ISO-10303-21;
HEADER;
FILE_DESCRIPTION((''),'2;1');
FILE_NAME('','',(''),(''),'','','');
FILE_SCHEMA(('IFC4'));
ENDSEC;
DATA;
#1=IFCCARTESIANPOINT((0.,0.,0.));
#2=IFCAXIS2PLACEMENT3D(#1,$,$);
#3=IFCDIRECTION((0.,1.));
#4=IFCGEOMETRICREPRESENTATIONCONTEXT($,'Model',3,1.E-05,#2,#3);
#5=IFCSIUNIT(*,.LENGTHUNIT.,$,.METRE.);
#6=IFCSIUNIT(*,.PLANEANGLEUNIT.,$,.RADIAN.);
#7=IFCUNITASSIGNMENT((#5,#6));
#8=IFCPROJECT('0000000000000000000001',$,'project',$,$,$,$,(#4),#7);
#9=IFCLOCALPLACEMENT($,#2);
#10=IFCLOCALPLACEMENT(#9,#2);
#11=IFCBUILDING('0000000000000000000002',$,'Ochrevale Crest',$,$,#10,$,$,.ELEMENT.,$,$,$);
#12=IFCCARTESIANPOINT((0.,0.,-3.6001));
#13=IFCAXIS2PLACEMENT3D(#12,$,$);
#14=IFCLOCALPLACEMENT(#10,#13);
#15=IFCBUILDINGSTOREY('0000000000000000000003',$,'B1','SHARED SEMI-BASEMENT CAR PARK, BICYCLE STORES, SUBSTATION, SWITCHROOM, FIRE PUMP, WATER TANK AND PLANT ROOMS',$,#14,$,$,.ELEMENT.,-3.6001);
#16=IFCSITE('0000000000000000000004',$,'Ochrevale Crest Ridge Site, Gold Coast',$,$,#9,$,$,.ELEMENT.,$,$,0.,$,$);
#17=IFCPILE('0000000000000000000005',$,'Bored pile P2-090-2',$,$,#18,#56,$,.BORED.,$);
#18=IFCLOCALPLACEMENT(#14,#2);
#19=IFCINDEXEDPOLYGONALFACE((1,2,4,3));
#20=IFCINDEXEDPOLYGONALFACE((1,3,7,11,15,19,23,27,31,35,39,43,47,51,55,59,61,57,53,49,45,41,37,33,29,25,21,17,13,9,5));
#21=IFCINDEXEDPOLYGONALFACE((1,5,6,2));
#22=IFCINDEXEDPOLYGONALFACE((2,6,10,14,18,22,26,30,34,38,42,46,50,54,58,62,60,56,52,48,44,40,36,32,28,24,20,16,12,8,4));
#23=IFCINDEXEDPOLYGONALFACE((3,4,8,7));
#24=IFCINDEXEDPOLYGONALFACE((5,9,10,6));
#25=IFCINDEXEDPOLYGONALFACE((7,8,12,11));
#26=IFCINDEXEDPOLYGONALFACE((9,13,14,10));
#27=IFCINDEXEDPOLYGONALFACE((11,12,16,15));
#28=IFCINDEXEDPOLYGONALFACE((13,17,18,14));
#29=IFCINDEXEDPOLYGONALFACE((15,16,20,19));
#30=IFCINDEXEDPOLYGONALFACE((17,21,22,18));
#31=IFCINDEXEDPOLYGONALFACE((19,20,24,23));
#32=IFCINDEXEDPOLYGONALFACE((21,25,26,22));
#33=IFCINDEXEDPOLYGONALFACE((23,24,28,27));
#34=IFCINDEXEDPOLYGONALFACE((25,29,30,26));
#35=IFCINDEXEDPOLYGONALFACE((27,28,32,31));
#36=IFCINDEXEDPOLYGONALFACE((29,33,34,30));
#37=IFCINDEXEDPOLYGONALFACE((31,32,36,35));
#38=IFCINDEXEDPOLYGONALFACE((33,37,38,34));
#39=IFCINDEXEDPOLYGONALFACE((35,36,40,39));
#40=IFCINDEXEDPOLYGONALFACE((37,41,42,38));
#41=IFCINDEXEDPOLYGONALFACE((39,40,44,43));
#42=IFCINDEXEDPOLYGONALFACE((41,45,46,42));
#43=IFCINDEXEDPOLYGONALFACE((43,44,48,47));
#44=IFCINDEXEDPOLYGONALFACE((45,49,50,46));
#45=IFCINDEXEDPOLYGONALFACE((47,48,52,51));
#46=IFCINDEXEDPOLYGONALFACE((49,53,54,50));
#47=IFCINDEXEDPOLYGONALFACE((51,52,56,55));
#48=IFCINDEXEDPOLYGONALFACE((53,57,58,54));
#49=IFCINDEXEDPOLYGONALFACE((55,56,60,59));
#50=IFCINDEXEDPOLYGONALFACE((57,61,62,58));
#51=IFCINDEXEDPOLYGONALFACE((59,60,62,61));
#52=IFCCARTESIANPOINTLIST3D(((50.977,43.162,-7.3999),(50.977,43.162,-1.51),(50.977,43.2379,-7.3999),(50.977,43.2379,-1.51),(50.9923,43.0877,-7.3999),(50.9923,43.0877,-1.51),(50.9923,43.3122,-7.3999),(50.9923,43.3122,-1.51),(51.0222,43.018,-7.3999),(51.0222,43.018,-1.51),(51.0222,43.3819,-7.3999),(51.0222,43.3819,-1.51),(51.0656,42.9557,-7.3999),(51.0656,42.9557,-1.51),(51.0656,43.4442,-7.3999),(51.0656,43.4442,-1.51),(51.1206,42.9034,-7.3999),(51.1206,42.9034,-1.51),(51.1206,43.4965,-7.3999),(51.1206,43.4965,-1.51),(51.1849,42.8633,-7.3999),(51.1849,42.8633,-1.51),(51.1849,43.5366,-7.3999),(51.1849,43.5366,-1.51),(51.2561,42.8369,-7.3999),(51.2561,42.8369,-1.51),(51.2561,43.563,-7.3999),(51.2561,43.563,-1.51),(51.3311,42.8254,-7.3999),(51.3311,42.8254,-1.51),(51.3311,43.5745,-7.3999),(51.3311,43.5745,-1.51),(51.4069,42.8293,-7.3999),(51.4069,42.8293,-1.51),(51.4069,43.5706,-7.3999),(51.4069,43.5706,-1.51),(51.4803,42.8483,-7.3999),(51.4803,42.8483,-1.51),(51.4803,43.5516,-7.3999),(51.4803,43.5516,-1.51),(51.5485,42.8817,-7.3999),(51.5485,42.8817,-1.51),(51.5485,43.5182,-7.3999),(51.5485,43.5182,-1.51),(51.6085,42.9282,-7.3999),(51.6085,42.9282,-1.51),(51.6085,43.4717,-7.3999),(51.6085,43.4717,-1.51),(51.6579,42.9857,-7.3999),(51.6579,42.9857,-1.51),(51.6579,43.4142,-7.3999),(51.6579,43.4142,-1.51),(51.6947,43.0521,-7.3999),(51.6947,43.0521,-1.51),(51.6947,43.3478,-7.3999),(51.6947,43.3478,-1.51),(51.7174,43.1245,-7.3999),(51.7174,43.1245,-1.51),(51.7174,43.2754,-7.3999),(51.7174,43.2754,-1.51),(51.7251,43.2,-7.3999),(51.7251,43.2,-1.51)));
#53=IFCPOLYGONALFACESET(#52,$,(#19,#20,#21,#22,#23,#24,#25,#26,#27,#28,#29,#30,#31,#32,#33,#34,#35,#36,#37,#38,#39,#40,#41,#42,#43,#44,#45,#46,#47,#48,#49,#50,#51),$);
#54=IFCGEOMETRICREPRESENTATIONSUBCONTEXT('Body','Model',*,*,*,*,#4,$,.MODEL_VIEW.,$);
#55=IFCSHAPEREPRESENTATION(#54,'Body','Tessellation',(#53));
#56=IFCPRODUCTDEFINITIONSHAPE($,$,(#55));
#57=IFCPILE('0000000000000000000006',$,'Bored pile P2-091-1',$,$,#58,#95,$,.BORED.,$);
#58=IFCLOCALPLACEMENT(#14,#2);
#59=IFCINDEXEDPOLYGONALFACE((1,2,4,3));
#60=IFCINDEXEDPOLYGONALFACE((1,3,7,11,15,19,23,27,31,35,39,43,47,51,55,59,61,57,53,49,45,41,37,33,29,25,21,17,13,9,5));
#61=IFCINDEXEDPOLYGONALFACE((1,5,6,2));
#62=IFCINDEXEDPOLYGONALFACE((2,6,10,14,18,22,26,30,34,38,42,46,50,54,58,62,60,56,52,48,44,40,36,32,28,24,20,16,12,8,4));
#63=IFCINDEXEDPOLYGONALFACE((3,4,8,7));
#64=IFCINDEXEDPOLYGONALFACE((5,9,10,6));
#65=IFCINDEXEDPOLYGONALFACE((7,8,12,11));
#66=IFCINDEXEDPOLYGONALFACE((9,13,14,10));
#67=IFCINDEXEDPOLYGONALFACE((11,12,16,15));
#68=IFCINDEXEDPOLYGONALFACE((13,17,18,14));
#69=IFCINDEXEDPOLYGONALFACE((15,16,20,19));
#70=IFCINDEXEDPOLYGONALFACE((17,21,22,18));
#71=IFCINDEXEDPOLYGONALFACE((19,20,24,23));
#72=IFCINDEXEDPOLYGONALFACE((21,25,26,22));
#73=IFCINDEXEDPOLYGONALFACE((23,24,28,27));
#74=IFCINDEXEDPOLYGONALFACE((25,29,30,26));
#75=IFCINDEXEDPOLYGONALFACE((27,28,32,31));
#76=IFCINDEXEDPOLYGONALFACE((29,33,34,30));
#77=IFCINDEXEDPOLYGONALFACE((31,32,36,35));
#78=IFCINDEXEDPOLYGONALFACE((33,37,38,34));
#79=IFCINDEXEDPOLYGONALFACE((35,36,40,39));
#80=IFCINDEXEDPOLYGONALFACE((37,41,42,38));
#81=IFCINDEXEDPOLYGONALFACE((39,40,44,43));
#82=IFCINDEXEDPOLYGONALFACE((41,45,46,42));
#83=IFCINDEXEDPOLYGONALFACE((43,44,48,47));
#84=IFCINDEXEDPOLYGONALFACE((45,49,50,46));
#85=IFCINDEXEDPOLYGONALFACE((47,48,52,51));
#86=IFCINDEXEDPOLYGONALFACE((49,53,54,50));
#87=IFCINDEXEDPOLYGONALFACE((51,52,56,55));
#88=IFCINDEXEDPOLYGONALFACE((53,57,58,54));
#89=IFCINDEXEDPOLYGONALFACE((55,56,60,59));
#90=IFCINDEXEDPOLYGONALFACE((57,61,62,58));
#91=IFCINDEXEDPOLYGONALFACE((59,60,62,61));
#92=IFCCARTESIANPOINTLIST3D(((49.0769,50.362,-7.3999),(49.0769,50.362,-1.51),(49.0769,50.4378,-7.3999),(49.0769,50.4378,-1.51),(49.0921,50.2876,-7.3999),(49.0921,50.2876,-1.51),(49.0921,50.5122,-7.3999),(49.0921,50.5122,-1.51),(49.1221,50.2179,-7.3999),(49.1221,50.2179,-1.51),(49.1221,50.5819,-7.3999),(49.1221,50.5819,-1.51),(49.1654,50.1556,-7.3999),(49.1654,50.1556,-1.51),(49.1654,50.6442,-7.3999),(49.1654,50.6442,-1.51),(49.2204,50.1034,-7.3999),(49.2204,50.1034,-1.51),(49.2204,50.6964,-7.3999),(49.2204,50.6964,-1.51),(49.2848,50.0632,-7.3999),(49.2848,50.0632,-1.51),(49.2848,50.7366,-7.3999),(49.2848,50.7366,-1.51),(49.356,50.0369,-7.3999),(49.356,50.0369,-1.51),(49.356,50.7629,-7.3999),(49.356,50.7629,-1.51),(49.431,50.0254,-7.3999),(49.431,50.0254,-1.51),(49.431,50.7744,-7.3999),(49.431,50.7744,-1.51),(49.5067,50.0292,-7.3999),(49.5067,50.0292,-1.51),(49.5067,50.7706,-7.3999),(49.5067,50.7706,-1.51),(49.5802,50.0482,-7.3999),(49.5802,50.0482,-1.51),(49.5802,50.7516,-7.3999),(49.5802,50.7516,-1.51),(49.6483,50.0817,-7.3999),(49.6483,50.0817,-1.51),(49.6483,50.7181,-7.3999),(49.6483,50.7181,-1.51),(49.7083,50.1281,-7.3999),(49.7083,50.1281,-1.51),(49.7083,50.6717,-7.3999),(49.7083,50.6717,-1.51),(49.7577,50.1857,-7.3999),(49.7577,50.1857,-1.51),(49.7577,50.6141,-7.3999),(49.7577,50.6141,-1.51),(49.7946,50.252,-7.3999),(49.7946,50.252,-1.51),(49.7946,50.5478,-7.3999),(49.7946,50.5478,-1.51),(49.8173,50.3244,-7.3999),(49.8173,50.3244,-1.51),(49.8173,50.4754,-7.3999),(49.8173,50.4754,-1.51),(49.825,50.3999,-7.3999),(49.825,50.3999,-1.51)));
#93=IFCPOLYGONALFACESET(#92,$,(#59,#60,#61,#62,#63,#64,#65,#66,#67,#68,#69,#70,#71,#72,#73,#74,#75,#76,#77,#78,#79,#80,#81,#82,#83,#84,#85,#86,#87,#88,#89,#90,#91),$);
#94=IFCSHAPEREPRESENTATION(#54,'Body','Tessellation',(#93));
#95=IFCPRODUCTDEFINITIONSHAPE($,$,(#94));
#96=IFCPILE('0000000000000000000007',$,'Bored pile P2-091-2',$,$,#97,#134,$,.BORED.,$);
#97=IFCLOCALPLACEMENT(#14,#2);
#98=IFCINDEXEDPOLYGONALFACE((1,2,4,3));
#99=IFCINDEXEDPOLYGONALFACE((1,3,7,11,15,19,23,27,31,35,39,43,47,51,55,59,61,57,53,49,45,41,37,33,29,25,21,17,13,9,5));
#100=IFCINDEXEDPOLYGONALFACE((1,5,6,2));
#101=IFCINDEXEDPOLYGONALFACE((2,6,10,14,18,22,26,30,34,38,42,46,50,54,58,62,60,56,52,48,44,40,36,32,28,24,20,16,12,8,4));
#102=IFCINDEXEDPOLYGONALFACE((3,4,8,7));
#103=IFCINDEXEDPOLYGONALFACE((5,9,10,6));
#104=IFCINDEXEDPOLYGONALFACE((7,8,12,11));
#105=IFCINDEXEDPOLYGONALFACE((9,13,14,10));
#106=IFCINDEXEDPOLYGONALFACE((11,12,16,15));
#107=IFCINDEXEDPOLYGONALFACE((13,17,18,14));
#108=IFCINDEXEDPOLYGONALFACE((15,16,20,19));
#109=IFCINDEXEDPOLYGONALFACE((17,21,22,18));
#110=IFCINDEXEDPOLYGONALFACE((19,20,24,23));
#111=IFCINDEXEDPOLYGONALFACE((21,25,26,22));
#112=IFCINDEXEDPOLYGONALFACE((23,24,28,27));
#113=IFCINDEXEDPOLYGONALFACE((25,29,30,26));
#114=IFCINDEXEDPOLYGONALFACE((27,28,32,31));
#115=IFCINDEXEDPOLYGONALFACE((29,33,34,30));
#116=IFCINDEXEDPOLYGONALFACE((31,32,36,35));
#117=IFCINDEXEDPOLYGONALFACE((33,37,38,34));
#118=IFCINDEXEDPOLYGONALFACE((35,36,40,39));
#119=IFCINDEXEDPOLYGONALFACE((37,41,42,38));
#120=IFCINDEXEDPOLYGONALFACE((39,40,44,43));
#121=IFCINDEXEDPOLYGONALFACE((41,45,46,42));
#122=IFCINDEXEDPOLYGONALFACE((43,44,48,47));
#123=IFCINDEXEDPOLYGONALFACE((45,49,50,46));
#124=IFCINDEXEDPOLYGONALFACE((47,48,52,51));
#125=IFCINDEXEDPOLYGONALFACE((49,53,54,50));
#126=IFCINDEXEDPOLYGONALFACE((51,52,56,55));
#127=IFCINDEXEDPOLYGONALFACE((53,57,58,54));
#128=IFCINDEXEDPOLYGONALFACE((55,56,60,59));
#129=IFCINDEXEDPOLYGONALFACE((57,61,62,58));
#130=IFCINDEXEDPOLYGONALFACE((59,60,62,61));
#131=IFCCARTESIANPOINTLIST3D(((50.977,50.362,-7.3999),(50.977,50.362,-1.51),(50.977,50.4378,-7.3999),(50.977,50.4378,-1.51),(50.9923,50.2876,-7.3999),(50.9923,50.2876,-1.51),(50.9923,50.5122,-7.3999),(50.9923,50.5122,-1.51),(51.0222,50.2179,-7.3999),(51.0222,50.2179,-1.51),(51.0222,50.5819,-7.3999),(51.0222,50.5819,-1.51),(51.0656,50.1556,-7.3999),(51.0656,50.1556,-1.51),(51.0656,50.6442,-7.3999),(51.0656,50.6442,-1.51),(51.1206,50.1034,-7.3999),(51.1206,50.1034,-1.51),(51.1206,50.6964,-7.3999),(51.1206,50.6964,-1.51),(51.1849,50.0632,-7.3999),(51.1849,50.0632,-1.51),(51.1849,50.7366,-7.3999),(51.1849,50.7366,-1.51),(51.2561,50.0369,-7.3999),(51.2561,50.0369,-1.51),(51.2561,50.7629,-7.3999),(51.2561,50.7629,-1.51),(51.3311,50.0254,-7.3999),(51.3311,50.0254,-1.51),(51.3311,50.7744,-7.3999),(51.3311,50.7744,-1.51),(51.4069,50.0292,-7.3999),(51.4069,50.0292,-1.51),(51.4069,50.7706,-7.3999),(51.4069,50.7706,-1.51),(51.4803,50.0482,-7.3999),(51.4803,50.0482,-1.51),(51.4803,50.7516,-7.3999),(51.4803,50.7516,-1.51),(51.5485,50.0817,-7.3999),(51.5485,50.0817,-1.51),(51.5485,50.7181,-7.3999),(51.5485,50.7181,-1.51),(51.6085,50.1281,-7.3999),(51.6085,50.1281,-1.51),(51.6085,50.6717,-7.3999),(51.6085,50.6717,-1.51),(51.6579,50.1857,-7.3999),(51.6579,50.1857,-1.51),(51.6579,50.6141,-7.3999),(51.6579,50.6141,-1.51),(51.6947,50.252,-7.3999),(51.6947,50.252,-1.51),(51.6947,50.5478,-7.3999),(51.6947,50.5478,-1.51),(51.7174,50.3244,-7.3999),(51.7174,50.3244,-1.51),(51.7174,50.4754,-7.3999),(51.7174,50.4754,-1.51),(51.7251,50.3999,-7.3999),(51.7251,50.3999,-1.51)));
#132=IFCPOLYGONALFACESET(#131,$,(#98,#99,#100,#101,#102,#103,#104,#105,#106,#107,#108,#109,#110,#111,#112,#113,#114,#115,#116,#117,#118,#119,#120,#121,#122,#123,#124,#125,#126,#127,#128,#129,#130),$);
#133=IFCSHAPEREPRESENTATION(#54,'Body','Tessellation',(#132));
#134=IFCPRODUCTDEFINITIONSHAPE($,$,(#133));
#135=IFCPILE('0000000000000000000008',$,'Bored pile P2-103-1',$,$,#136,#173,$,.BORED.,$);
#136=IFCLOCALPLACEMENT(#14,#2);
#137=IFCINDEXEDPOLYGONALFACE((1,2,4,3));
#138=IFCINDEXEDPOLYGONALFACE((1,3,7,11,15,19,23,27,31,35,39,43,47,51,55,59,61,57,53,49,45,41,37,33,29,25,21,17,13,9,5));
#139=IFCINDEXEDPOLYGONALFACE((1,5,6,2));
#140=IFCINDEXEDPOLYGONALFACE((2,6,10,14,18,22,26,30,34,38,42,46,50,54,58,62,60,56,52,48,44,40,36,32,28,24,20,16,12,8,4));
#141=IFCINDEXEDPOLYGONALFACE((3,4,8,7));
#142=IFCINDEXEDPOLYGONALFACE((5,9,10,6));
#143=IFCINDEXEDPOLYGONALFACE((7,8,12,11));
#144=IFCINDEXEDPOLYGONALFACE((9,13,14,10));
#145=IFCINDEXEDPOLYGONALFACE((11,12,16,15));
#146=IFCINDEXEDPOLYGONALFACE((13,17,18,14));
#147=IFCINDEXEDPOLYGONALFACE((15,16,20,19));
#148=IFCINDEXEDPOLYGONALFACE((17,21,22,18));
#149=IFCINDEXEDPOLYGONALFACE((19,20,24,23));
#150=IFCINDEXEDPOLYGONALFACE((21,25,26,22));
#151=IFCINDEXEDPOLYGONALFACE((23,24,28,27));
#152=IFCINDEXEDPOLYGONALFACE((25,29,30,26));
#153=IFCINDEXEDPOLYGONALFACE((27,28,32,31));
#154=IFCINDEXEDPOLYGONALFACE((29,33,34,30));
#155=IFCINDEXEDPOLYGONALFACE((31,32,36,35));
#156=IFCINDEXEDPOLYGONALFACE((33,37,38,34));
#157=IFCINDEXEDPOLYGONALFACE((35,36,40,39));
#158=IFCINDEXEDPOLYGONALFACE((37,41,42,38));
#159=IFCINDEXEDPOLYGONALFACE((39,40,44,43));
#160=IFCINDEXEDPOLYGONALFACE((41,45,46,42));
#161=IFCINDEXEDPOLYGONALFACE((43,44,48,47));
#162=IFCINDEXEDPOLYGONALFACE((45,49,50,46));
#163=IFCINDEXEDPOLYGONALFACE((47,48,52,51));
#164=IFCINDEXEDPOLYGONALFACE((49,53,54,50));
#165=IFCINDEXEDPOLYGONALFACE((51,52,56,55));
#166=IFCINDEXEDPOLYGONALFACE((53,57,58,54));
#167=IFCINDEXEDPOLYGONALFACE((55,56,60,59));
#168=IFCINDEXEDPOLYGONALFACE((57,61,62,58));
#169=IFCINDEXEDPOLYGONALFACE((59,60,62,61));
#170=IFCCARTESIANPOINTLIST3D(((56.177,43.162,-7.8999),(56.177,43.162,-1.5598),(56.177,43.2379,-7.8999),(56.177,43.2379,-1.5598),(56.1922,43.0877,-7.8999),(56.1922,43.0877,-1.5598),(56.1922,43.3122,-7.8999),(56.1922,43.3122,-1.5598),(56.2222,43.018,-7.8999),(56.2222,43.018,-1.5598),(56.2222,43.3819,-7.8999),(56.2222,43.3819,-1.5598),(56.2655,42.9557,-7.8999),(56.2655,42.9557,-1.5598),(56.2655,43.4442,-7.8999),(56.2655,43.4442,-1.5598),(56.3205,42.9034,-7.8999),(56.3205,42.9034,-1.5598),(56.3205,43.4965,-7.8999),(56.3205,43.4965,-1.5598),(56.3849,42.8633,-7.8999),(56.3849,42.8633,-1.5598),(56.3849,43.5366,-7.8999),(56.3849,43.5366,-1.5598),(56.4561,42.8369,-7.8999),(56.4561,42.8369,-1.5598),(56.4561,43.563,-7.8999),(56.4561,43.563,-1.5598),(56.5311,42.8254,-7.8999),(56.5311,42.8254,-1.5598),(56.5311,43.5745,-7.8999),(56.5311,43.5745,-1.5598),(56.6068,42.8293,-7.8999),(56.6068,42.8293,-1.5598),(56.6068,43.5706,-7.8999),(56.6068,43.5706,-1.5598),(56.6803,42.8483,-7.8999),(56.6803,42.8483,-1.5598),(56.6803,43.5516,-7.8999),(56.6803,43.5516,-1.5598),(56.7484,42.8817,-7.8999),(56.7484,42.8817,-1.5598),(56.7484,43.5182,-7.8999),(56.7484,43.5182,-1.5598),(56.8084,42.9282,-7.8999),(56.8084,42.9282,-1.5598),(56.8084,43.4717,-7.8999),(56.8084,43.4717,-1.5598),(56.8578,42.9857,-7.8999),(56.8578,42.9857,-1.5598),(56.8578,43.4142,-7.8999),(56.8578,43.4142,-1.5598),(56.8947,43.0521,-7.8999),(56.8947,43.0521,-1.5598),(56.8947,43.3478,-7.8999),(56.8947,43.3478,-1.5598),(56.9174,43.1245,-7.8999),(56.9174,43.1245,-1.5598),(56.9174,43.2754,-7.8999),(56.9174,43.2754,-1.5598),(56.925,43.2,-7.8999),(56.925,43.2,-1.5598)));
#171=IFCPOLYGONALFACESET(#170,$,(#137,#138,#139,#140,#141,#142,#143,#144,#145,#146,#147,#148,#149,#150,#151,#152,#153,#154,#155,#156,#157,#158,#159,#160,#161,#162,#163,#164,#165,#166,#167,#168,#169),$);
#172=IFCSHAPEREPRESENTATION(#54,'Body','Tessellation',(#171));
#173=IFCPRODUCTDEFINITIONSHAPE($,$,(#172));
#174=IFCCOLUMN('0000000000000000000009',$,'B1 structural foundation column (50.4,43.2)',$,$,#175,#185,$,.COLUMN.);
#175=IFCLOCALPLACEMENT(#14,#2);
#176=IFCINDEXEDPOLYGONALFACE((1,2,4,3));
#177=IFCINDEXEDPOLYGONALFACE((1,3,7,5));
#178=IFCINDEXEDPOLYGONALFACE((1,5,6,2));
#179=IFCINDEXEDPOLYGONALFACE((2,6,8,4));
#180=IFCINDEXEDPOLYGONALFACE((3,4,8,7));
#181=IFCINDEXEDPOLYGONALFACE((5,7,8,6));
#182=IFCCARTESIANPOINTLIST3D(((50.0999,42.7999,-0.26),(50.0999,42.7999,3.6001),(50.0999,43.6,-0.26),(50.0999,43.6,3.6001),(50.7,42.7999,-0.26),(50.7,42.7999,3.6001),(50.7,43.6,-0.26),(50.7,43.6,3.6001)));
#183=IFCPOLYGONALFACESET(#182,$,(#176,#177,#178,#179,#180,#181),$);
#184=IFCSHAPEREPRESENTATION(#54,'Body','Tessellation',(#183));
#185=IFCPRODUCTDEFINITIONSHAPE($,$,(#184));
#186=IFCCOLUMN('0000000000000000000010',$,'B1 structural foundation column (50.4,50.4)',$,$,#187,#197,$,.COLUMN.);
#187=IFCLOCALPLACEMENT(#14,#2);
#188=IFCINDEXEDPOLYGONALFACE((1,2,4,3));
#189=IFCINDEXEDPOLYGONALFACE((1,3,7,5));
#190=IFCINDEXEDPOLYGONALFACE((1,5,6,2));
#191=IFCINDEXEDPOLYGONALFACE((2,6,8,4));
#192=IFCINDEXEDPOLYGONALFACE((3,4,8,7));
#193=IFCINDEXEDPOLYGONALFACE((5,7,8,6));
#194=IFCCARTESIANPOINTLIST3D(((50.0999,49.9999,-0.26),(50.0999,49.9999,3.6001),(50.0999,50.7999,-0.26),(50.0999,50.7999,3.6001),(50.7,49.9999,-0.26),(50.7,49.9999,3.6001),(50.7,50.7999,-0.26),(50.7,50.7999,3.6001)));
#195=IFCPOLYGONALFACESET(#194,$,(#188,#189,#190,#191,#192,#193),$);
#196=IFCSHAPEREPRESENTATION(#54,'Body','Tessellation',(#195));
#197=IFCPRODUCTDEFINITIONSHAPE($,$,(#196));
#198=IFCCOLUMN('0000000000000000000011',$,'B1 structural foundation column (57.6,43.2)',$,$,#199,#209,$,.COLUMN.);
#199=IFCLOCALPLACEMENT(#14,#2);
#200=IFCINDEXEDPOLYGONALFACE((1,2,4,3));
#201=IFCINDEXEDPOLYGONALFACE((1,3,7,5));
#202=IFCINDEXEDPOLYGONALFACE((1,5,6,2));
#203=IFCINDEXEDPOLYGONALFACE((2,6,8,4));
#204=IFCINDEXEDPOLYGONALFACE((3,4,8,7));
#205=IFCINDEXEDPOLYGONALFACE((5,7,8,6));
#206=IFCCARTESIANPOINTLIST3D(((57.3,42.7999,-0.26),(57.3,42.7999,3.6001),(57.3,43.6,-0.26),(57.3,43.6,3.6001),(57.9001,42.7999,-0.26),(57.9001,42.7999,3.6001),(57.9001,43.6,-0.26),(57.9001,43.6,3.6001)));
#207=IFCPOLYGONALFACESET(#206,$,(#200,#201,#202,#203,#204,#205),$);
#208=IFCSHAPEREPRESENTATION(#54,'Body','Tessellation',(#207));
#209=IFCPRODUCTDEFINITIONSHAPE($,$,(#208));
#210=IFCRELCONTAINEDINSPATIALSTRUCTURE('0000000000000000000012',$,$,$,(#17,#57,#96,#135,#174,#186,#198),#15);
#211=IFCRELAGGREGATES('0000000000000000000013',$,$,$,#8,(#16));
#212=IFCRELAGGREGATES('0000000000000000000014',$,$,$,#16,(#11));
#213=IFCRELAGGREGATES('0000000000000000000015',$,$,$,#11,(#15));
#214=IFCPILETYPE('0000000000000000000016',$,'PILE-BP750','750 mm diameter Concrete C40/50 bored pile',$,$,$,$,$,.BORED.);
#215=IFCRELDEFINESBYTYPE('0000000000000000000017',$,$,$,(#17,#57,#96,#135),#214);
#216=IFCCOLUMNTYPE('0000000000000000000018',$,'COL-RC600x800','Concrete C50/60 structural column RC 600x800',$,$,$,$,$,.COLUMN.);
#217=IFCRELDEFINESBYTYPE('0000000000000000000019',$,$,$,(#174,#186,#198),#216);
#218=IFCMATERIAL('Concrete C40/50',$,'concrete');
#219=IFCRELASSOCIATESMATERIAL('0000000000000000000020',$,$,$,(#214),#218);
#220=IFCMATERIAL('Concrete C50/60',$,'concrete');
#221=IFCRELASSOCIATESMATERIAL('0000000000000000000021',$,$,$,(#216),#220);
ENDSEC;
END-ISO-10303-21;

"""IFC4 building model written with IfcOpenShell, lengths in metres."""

from ifc_helpers import new_model, si_unit, direction, frame, origin, origin_2d, place, context, subcontext, project, spatial, rectangle, circle, extrude, material, material_profile, profile_set, type_object, element, save


model = new_model("IFC4")

# Units and contexts
model_context = context("Model", 3, precision=1e-05, world=origin(), true_north=direction((0.0, 1.0)))
body_context = subcontext(model_context, "Body", "Model", "MODEL_VIEW")
ifc_project = project(units=[si_unit("LENGTHUNIT", "METRE"), si_unit("PLANEANGLEUNIT", "RADIAN")], contexts=[model_context])

# Site, building, storey
site_placement = place(None, origin())
site = spatial("IfcSite", under=ifc_project, at=site_placement, Name="Ochrevale Crest Ridge Site, Gold Coast", CompositionType="ELEMENT", RefElevation=0.0)
building_placement = place(site_placement, origin())
building = spatial("IfcBuilding", under=site, at=building_placement, Name="Ochrevale Crest", CompositionType="ELEMENT")
storey_placement = place(building_placement, frame((0.0, 0.0, -3.6001)))
storey = spatial("IfcBuildingStorey", under=building, at=storey_placement, Name="B1", Description="SHARED SEMI-BASEMENT CAR PARK, BICYCLE STORES, SUBSTATION, SWITCHROOM, FIRE PUMP, WATER TANK AND PLANT ROOMS", CompositionType="ELEMENT", Elevation=-3.6001)

# Shared definitions
ifc_material_1 = material(Name="Concrete C40/50", Category="concrete")

# Piles
ifc_material_profile_1 = material_profile(ifc_material_1, circle(Radius=0.375, at=origin_2d()), Name="BORED PILE 750")
ifc_profile_set_1 = profile_set([ifc_material_profile_1], Name="Concrete C40/50")
pile_type_1 = type_object("IfcPileType", Name="PILE-BP750", Description="750 mm diameter Concrete C40/50 bored pile", PredefinedType="BORED", material=ifc_profile_set_1)
for number, where, z_axis, x_axis, name in (
    (1, (51.3501, 43.2, -1.51), (0.0, 0.0, -1.0), (1.0, 0.0, 0.0), "Bored pile P2-090-2"),
    (2, (49.45, 50.3999, -1.51), (0.0, 0.0, -1.0), (1.0, 0.0, 0.0), "Bored pile P2-091-1"),
    (3, (51.3501, 50.3999, -1.51), (0.0, 0.0, -1.0), (1.0, 0.0, 0.0), "Bored pile P2-091-2"),
):
    element("IfcPile", number, at=place(storey_placement, frame(where, z_axis=z_axis, x_axis=x_axis)), inside=storey, type_object=pile_type_1, Name=name, PredefinedType="BORED", context=body_context, shape_type="SweptSolid", body=[
        extrude(circle(Radius=0.375, at=origin_2d()), origin(), (0.0, 0.0, 1.0), 5.8899),
    ])
pile_1_placement = place(storey_placement, frame((56.55, 43.2, -1.5598), z_axis=(0.0, 0.0, -1.0), x_axis=(1.0, 0.0, 0.0)))
element("IfcPile", 4, at=pile_1_placement, inside=storey, type_object=pile_type_1, Name="Bored pile P2-103-1", PredefinedType="BORED", context=body_context, shape_type="SweptSolid", body=[
    extrude(circle(Radius=0.375, at=origin_2d()), origin(), (0.0, 0.0, 1.0), 6.3401),
])

# Columns
ifc_material_2 = material(Name="Concrete C50/60", Category="concrete")
ifc_material_profile_2 = material_profile(ifc_material_2, rectangle(XDim=0.6001, YDim=0.8, at=origin_2d()), Name="RC 600x800")
ifc_profile_set_2 = profile_set([ifc_material_profile_2], Name="Concrete C50/60")
column_type = type_object("IfcColumnType", Name="COL-RC600x800", Description="Concrete C50/60 structural column RC 600x800", PredefinedType="COLUMN", material=ifc_profile_set_2)
for number, where, z_axis, x_axis, name in (
    (5, (50.3999, 43.2, -0.26), (0.0, 0.0, 1.0), (1.0, 0.0, 0.0), "B1 structural foundation column (50.4,43.2)"),
    (6, (50.3999, 50.3999, -0.26), (0.0, 0.0, 1.0), (1.0, 0.0, 0.0), "B1 structural foundation column (50.4,50.4)"),
    (7, (57.6001, 43.2, -0.26), (0.0, 0.0, 1.0), (1.0, 0.0, 0.0), "B1 structural foundation column (57.6,43.2)"),
):
    element("IfcColumn", number, at=place(storey_placement, frame(where, z_axis=z_axis, x_axis=x_axis)), inside=storey, type_object=column_type, Name=name, PredefinedType="COLUMN", context=body_context, shape_type="SweptSolid", body=[
        extrude(rectangle(XDim=0.6001, YDim=0.8, at=origin_2d()), origin(), (0.0, 0.0, 1.0), 3.8601),
    ])

save(model, "model.ifc")
